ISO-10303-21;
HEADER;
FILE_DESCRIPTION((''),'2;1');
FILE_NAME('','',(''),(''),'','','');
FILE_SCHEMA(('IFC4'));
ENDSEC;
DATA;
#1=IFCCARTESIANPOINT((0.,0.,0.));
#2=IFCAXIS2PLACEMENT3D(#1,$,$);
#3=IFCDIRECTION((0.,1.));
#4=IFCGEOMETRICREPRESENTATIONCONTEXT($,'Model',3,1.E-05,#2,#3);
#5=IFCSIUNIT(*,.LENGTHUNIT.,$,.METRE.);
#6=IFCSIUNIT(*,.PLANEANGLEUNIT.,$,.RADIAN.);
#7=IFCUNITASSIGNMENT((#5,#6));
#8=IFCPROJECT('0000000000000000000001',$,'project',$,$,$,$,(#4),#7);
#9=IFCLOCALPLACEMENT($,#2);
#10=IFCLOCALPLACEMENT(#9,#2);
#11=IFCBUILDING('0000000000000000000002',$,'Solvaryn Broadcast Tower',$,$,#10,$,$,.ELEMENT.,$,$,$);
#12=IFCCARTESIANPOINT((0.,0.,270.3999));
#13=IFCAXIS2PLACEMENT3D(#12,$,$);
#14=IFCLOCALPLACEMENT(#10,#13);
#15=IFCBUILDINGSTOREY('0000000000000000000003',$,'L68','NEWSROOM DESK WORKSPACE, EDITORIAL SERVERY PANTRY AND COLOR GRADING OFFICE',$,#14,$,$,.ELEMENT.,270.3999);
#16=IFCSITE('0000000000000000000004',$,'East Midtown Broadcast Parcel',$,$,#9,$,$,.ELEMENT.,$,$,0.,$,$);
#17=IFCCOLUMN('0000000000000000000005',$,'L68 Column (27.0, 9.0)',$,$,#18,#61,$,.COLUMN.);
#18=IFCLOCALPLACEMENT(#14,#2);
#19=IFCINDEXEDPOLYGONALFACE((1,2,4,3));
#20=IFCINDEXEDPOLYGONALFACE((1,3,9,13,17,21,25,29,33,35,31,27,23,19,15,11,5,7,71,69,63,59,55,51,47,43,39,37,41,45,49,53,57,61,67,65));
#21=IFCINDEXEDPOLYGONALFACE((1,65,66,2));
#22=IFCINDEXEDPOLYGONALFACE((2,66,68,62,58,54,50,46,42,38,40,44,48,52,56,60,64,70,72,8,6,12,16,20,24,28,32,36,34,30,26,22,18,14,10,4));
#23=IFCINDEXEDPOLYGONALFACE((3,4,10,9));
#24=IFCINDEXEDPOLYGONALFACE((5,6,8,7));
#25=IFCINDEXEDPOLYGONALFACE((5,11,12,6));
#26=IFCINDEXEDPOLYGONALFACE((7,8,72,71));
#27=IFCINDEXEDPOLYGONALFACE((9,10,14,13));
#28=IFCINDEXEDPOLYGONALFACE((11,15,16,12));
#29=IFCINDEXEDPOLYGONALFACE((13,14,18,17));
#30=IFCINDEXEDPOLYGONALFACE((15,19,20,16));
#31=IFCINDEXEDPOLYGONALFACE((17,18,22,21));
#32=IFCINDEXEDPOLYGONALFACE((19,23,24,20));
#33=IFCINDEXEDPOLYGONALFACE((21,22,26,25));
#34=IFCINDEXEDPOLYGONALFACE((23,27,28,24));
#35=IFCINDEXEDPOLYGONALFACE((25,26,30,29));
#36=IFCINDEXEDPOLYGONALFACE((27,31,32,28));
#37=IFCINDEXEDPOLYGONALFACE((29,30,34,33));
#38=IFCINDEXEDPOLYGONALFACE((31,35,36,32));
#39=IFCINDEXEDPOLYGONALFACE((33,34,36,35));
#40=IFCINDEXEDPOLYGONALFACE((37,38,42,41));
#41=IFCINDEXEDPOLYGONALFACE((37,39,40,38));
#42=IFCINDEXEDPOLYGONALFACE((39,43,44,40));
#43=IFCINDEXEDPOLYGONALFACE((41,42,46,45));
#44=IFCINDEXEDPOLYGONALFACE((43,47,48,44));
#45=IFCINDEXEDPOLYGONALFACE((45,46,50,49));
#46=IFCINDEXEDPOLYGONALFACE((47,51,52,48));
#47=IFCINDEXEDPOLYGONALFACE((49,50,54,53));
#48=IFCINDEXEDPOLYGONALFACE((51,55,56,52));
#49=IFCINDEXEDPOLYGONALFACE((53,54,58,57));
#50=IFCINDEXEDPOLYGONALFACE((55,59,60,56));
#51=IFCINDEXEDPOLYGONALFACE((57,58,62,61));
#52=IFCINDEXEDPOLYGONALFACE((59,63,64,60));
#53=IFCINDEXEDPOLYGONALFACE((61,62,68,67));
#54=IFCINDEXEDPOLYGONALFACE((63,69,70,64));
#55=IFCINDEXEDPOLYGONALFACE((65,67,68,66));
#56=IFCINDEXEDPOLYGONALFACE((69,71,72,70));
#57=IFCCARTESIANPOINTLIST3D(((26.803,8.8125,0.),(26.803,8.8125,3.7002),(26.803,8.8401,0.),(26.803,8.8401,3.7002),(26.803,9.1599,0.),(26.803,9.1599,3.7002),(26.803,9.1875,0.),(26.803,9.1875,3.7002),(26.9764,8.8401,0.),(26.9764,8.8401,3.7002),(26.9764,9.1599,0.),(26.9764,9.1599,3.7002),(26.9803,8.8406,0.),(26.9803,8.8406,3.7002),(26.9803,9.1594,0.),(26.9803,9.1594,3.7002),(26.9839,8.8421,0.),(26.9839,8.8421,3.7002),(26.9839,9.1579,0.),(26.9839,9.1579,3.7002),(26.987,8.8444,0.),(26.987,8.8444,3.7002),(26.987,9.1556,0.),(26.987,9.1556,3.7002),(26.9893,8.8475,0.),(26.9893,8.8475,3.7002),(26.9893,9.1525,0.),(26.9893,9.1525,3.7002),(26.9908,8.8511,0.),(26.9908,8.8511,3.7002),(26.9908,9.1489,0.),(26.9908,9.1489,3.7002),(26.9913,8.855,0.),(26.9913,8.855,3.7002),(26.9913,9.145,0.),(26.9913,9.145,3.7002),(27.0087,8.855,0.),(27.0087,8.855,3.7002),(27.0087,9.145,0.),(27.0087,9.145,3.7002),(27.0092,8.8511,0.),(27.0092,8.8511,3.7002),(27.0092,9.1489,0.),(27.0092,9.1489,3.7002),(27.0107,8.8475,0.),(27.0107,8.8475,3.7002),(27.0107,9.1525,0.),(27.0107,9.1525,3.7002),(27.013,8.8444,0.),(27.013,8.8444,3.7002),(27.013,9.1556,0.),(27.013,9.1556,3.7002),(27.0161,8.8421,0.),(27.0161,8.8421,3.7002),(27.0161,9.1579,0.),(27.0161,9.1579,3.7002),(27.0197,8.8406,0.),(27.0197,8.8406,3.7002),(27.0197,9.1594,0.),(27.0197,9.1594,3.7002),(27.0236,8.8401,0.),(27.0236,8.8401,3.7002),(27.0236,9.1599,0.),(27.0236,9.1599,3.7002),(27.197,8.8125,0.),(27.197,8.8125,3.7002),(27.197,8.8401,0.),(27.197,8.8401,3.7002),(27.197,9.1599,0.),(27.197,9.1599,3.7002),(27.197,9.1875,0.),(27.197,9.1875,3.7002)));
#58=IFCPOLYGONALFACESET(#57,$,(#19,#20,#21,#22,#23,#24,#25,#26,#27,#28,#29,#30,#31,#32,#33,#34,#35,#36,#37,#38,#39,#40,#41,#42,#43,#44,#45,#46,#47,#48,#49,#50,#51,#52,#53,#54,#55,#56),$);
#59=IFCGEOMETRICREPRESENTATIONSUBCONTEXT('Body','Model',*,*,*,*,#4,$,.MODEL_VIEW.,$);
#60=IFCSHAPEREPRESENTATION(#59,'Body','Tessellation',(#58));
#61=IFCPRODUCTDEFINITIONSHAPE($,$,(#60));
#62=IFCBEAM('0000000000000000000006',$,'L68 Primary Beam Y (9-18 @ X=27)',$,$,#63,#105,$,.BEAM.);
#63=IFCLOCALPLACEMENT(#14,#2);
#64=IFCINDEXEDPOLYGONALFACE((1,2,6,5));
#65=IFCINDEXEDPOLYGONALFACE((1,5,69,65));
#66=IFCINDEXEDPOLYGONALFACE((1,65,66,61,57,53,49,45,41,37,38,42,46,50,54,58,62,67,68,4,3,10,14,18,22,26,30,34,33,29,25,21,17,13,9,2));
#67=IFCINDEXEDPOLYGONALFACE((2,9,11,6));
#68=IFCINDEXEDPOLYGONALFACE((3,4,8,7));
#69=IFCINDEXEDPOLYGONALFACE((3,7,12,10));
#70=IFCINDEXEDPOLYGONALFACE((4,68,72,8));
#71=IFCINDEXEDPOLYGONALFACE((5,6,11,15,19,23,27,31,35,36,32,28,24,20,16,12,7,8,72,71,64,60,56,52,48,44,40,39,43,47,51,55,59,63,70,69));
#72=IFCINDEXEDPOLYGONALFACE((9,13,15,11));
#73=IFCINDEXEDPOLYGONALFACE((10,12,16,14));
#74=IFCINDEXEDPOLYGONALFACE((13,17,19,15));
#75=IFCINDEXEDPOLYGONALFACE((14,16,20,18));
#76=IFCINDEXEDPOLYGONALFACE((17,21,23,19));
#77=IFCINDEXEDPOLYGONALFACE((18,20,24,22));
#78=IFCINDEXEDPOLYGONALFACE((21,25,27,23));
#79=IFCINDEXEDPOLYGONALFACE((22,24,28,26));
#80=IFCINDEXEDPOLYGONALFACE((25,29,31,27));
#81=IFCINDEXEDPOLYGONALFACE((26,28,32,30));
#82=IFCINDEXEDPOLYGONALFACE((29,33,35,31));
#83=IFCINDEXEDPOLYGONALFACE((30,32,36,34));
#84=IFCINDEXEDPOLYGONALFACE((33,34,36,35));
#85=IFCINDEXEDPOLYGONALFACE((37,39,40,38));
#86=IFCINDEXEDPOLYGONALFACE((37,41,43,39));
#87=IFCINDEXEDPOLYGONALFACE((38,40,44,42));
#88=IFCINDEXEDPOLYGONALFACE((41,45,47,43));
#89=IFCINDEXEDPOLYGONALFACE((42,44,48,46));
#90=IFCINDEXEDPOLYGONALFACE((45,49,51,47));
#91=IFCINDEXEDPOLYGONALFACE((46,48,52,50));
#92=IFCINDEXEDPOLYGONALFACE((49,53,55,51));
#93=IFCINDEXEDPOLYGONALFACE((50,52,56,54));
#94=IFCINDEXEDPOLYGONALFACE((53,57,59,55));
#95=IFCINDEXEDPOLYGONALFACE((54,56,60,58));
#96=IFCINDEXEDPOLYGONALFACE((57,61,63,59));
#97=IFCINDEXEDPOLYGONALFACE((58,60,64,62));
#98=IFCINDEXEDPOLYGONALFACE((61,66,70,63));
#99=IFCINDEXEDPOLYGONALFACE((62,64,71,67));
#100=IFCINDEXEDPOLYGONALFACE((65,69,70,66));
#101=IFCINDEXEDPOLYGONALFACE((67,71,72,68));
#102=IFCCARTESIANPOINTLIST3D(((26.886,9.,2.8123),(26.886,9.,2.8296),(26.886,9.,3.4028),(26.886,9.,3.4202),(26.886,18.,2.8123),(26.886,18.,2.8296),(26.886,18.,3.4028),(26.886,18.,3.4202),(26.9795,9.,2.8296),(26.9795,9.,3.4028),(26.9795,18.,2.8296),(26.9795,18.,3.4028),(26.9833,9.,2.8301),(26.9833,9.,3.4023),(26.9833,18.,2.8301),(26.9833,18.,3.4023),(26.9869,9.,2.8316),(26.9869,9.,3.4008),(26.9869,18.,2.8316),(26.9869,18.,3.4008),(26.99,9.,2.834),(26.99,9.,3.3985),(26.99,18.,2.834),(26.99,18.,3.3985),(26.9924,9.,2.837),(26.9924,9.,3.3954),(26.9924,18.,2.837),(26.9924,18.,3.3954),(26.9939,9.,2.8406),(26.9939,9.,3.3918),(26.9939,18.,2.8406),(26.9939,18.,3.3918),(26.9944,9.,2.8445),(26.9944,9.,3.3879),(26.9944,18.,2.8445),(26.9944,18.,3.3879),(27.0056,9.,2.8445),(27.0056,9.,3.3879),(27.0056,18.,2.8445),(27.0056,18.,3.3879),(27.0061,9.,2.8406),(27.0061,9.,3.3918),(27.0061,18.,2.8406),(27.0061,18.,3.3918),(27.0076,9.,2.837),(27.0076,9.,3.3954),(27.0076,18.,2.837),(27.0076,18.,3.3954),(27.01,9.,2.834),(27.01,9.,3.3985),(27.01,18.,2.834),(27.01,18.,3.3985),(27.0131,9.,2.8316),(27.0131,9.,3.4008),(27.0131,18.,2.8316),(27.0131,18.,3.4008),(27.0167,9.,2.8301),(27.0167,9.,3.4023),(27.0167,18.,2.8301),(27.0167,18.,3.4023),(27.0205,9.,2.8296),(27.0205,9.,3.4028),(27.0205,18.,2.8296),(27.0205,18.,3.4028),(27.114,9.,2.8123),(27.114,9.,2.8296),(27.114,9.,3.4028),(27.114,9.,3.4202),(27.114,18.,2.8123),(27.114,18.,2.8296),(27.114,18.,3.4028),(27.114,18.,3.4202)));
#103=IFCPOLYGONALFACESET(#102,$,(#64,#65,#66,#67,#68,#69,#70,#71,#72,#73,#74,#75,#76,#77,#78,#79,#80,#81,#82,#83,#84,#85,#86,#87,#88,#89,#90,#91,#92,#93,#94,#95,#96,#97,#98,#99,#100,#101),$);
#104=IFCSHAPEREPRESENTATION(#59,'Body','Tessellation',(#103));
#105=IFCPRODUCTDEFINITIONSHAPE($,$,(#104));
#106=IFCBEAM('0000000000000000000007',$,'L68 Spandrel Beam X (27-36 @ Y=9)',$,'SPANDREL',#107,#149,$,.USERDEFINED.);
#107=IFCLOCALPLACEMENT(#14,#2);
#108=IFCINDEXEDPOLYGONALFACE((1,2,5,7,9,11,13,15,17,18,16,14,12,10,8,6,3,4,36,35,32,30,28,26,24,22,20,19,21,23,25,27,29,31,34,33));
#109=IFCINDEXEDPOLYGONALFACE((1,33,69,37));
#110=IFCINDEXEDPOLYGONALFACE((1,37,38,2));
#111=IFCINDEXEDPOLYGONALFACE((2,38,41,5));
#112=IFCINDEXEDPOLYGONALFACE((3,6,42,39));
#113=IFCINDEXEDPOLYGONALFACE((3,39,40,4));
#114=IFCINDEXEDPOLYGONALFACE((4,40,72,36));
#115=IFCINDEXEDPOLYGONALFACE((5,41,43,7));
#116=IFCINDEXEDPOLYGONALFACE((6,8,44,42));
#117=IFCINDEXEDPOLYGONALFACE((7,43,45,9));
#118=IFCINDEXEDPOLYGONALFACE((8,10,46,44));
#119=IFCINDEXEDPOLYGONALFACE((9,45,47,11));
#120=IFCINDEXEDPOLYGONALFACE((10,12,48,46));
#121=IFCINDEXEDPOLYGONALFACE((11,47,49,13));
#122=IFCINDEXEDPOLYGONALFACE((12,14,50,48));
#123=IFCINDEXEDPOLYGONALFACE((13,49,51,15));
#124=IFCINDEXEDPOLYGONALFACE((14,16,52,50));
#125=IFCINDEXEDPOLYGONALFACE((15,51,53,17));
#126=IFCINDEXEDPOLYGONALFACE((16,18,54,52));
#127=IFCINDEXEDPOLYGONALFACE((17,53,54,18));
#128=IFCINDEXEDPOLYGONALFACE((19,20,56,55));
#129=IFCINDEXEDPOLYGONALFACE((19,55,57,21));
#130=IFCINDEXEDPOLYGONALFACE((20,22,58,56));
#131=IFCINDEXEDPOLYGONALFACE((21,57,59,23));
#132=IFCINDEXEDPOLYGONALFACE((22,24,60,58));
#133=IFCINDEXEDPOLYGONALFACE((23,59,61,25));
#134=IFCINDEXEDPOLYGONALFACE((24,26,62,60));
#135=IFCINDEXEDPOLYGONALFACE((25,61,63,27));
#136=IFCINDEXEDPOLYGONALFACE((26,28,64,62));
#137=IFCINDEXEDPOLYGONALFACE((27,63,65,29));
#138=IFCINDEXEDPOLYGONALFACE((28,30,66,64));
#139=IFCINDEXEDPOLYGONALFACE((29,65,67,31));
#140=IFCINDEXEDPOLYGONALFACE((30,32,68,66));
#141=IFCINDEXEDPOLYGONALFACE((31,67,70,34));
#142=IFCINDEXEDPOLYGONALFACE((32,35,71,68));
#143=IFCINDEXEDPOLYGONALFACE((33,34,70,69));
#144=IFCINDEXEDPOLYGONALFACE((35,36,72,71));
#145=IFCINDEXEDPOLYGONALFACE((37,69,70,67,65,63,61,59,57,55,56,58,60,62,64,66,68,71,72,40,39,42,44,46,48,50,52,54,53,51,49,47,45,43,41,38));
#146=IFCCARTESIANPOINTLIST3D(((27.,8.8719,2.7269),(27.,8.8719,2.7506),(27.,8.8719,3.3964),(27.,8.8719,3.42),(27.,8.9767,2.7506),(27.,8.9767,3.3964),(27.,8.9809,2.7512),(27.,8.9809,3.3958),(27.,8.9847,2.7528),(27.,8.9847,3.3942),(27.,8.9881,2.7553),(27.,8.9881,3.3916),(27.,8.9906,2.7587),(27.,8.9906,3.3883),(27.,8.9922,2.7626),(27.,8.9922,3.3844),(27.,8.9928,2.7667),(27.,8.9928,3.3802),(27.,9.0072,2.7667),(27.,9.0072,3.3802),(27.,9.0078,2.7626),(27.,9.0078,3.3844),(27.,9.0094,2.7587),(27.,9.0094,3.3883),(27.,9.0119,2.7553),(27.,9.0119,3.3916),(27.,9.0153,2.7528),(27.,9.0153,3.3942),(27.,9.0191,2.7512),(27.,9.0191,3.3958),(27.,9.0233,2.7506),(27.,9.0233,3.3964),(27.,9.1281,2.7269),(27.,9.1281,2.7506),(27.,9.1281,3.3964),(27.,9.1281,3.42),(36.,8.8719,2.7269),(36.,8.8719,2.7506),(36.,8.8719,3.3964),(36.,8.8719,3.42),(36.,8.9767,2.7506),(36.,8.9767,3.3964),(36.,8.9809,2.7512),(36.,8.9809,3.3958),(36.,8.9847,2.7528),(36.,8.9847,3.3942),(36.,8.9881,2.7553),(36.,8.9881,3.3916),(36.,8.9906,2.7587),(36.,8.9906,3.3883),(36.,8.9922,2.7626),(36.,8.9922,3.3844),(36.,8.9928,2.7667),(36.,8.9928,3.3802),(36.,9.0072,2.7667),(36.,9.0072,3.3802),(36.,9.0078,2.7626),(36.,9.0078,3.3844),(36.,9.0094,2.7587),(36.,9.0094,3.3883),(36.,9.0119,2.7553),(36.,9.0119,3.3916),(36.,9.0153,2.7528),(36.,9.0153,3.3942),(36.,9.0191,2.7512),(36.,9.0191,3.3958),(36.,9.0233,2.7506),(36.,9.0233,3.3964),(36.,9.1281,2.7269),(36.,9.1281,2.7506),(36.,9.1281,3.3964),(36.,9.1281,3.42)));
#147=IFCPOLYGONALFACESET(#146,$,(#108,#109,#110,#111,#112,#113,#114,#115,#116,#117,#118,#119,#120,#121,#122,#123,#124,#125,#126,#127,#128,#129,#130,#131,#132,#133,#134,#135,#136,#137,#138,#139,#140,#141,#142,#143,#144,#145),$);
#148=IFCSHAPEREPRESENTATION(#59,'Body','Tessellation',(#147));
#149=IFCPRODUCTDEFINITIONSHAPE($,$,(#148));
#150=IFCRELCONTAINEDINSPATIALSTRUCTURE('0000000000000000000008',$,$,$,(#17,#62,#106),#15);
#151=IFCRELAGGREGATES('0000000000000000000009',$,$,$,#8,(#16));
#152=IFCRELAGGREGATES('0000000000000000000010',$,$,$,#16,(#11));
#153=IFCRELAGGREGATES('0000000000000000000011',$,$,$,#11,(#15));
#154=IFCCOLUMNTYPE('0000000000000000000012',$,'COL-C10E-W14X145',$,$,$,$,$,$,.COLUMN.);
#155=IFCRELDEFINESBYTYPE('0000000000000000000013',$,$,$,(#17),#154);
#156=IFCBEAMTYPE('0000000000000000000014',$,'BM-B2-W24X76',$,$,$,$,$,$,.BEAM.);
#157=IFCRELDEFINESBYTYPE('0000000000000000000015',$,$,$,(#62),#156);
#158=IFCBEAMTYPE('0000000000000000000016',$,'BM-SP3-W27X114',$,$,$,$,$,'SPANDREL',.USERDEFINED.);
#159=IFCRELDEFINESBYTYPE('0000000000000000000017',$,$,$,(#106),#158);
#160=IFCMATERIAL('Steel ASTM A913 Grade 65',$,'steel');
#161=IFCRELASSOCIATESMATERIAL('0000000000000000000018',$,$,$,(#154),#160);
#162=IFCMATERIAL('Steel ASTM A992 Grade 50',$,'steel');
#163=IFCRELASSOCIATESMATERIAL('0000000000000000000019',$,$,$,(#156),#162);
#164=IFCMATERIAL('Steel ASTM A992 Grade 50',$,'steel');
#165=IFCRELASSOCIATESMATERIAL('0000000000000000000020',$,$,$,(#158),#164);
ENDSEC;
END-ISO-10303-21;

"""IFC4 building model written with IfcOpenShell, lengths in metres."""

from ifc_helpers import new_model, si_unit, direction, frame, origin, origin_2d, place, context, subcontext, project, spatial, i_section, extrude, material, material_profile, profile_set, type_object, element, save


model = new_model("IFC4")

# Units and contexts
model_context = context("Model", 3, precision=1e-05, world=origin(), true_north=direction((0.0, 1.0)))
body_context = subcontext(model_context, "Body", "Model", "MODEL_VIEW")
ifc_project = project(units=[si_unit("LENGTHUNIT", "METRE"), si_unit("PLANEANGLEUNIT", "RADIAN")], contexts=[model_context])

# Site, building, storey
site_placement = place(None, origin())
site = spatial("IfcSite", under=ifc_project, at=site_placement, Name="East Midtown Broadcast Parcel", CompositionType="ELEMENT", RefElevation=0.0)
building_placement = place(site_placement, origin())
building = spatial("IfcBuilding", under=site, at=building_placement, Name="Solvaryn Broadcast Tower", CompositionType="ELEMENT")
storey_placement = place(building_placement, frame((0.0, 0.0, 270.3999)))
storey = spatial("IfcBuildingStorey", under=building, at=storey_placement, Name="L68", Description="NEWSROOM DESK WORKSPACE, EDITORIAL SERVERY PANTRY AND COLOR GRADING OFFICE", CompositionType="ELEMENT", Elevation=270.3999)

# Column
ifc_material_1 = material(Name="Steel ASTM A913 Grade 65", Category="steel")
ifc_material_profile_1 = material_profile(ifc_material_1, i_section(OverallWidth=0.394, OverallDepth=0.375, WebThickness=0.0173, FlangeThickness=0.0276, FilletRadius=0.0149, at=origin_2d()))
ifc_profile_set_1 = profile_set([ifc_material_profile_1], Name="Steel ASTM A913 Grade 65")
column_type = type_object("IfcColumnType", Name="COL-C10E-W14X145", PredefinedType="COLUMN", material=ifc_profile_set_1)
column_placement = place(storey_placement, frame((27.0, 9.0, 0.0), z_axis=(0.0, 0.0, 1.0), x_axis=(1.0, 0.0, 0.0)))
element("IfcColumn", 1, at=column_placement, inside=storey, type_object=column_type, Name="L68 Column (27.0, 9.0)", PredefinedType="COLUMN", context=body_context, shape_type="SweptSolid", body=[
    extrude(i_section(OverallWidth=0.394, OverallDepth=0.375, WebThickness=0.0173, FlangeThickness=0.0276, FilletRadius=0.0149, at=origin_2d()), origin(), (0.0, 0.0, 1.0), 3.7002),
])

# Beams
ifc_material_2 = material(Name="Steel ASTM A992 Grade 50", Category="steel")
ifc_material_profile_2 = material_profile(ifc_material_2, i_section(OverallWidth=0.228, OverallDepth=0.6079, WebThickness=0.0112, FlangeThickness=0.0173, FilletRadius=0.0149, at=origin_2d()))
ifc_profile_set_2 = profile_set([ifc_material_profile_2], Name="Steel ASTM A992 Grade 50")
beam_type_1 = type_object("IfcBeamType", Name="BM-B2-W24X76", PredefinedType="BEAM", material=ifc_profile_set_2)
beam_1_placement = place(storey_placement, frame((27.0, 9.0, 3.1162), z_axis=(0.0, 1.0, 0.0), x_axis=(-1.0, 0.0, 0.0)))
element("IfcBeam", 2, at=beam_1_placement, inside=storey, type_object=beam_type_1, Name="L68 Primary Beam Y (9-18 @ X=27)", PredefinedType="BEAM", context=body_context, shape_type="SweptSolid", body=[
    extrude(i_section(OverallWidth=0.228, OverallDepth=0.6079, WebThickness=0.0112, FlangeThickness=0.0173, FilletRadius=0.0149, at=origin_2d()), origin(), (0.0, 0.0, 1.0), 9.0),
])
ifc_material_3 = material(Name="Steel ASTM A992 Grade 50", Category="steel")
ifc_material_profile_3 = material_profile(ifc_material_3, i_section(OverallWidth=0.2561, OverallDepth=0.6931, WebThickness=0.0144, FlangeThickness=0.0237, FilletRadius=0.0161, at=origin_2d()))
ifc_profile_set_3 = profile_set([ifc_material_profile_3], Name="Steel ASTM A992 Grade 50")
beam_type_2 = type_object("IfcBeamType", Name="BM-SP3-W27X114", ElementType="SPANDREL", PredefinedType="USERDEFINED", material=ifc_profile_set_3)
beam_2_placement = place(storey_placement, frame((27.0, 9.0, 3.0735), z_axis=(1.0, 0.0, 0.0), x_axis=(0.0, 1.0, 0.0)))
element("IfcBeam", 3, at=beam_2_placement, inside=storey, type_object=beam_type_2, Name="L68 Spandrel Beam X (27-36 @ Y=9)", ObjectType="SPANDREL", PredefinedType="USERDEFINED", context=body_context, shape_type="SweptSolid", body=[
    extrude(i_section(OverallWidth=0.2561, OverallDepth=0.6931, WebThickness=0.0144, FlangeThickness=0.0237, FilletRadius=0.0161, at=origin_2d()), origin(), (0.0, 0.0, 1.0), 9.0),
])

save(model, "model.ifc")
